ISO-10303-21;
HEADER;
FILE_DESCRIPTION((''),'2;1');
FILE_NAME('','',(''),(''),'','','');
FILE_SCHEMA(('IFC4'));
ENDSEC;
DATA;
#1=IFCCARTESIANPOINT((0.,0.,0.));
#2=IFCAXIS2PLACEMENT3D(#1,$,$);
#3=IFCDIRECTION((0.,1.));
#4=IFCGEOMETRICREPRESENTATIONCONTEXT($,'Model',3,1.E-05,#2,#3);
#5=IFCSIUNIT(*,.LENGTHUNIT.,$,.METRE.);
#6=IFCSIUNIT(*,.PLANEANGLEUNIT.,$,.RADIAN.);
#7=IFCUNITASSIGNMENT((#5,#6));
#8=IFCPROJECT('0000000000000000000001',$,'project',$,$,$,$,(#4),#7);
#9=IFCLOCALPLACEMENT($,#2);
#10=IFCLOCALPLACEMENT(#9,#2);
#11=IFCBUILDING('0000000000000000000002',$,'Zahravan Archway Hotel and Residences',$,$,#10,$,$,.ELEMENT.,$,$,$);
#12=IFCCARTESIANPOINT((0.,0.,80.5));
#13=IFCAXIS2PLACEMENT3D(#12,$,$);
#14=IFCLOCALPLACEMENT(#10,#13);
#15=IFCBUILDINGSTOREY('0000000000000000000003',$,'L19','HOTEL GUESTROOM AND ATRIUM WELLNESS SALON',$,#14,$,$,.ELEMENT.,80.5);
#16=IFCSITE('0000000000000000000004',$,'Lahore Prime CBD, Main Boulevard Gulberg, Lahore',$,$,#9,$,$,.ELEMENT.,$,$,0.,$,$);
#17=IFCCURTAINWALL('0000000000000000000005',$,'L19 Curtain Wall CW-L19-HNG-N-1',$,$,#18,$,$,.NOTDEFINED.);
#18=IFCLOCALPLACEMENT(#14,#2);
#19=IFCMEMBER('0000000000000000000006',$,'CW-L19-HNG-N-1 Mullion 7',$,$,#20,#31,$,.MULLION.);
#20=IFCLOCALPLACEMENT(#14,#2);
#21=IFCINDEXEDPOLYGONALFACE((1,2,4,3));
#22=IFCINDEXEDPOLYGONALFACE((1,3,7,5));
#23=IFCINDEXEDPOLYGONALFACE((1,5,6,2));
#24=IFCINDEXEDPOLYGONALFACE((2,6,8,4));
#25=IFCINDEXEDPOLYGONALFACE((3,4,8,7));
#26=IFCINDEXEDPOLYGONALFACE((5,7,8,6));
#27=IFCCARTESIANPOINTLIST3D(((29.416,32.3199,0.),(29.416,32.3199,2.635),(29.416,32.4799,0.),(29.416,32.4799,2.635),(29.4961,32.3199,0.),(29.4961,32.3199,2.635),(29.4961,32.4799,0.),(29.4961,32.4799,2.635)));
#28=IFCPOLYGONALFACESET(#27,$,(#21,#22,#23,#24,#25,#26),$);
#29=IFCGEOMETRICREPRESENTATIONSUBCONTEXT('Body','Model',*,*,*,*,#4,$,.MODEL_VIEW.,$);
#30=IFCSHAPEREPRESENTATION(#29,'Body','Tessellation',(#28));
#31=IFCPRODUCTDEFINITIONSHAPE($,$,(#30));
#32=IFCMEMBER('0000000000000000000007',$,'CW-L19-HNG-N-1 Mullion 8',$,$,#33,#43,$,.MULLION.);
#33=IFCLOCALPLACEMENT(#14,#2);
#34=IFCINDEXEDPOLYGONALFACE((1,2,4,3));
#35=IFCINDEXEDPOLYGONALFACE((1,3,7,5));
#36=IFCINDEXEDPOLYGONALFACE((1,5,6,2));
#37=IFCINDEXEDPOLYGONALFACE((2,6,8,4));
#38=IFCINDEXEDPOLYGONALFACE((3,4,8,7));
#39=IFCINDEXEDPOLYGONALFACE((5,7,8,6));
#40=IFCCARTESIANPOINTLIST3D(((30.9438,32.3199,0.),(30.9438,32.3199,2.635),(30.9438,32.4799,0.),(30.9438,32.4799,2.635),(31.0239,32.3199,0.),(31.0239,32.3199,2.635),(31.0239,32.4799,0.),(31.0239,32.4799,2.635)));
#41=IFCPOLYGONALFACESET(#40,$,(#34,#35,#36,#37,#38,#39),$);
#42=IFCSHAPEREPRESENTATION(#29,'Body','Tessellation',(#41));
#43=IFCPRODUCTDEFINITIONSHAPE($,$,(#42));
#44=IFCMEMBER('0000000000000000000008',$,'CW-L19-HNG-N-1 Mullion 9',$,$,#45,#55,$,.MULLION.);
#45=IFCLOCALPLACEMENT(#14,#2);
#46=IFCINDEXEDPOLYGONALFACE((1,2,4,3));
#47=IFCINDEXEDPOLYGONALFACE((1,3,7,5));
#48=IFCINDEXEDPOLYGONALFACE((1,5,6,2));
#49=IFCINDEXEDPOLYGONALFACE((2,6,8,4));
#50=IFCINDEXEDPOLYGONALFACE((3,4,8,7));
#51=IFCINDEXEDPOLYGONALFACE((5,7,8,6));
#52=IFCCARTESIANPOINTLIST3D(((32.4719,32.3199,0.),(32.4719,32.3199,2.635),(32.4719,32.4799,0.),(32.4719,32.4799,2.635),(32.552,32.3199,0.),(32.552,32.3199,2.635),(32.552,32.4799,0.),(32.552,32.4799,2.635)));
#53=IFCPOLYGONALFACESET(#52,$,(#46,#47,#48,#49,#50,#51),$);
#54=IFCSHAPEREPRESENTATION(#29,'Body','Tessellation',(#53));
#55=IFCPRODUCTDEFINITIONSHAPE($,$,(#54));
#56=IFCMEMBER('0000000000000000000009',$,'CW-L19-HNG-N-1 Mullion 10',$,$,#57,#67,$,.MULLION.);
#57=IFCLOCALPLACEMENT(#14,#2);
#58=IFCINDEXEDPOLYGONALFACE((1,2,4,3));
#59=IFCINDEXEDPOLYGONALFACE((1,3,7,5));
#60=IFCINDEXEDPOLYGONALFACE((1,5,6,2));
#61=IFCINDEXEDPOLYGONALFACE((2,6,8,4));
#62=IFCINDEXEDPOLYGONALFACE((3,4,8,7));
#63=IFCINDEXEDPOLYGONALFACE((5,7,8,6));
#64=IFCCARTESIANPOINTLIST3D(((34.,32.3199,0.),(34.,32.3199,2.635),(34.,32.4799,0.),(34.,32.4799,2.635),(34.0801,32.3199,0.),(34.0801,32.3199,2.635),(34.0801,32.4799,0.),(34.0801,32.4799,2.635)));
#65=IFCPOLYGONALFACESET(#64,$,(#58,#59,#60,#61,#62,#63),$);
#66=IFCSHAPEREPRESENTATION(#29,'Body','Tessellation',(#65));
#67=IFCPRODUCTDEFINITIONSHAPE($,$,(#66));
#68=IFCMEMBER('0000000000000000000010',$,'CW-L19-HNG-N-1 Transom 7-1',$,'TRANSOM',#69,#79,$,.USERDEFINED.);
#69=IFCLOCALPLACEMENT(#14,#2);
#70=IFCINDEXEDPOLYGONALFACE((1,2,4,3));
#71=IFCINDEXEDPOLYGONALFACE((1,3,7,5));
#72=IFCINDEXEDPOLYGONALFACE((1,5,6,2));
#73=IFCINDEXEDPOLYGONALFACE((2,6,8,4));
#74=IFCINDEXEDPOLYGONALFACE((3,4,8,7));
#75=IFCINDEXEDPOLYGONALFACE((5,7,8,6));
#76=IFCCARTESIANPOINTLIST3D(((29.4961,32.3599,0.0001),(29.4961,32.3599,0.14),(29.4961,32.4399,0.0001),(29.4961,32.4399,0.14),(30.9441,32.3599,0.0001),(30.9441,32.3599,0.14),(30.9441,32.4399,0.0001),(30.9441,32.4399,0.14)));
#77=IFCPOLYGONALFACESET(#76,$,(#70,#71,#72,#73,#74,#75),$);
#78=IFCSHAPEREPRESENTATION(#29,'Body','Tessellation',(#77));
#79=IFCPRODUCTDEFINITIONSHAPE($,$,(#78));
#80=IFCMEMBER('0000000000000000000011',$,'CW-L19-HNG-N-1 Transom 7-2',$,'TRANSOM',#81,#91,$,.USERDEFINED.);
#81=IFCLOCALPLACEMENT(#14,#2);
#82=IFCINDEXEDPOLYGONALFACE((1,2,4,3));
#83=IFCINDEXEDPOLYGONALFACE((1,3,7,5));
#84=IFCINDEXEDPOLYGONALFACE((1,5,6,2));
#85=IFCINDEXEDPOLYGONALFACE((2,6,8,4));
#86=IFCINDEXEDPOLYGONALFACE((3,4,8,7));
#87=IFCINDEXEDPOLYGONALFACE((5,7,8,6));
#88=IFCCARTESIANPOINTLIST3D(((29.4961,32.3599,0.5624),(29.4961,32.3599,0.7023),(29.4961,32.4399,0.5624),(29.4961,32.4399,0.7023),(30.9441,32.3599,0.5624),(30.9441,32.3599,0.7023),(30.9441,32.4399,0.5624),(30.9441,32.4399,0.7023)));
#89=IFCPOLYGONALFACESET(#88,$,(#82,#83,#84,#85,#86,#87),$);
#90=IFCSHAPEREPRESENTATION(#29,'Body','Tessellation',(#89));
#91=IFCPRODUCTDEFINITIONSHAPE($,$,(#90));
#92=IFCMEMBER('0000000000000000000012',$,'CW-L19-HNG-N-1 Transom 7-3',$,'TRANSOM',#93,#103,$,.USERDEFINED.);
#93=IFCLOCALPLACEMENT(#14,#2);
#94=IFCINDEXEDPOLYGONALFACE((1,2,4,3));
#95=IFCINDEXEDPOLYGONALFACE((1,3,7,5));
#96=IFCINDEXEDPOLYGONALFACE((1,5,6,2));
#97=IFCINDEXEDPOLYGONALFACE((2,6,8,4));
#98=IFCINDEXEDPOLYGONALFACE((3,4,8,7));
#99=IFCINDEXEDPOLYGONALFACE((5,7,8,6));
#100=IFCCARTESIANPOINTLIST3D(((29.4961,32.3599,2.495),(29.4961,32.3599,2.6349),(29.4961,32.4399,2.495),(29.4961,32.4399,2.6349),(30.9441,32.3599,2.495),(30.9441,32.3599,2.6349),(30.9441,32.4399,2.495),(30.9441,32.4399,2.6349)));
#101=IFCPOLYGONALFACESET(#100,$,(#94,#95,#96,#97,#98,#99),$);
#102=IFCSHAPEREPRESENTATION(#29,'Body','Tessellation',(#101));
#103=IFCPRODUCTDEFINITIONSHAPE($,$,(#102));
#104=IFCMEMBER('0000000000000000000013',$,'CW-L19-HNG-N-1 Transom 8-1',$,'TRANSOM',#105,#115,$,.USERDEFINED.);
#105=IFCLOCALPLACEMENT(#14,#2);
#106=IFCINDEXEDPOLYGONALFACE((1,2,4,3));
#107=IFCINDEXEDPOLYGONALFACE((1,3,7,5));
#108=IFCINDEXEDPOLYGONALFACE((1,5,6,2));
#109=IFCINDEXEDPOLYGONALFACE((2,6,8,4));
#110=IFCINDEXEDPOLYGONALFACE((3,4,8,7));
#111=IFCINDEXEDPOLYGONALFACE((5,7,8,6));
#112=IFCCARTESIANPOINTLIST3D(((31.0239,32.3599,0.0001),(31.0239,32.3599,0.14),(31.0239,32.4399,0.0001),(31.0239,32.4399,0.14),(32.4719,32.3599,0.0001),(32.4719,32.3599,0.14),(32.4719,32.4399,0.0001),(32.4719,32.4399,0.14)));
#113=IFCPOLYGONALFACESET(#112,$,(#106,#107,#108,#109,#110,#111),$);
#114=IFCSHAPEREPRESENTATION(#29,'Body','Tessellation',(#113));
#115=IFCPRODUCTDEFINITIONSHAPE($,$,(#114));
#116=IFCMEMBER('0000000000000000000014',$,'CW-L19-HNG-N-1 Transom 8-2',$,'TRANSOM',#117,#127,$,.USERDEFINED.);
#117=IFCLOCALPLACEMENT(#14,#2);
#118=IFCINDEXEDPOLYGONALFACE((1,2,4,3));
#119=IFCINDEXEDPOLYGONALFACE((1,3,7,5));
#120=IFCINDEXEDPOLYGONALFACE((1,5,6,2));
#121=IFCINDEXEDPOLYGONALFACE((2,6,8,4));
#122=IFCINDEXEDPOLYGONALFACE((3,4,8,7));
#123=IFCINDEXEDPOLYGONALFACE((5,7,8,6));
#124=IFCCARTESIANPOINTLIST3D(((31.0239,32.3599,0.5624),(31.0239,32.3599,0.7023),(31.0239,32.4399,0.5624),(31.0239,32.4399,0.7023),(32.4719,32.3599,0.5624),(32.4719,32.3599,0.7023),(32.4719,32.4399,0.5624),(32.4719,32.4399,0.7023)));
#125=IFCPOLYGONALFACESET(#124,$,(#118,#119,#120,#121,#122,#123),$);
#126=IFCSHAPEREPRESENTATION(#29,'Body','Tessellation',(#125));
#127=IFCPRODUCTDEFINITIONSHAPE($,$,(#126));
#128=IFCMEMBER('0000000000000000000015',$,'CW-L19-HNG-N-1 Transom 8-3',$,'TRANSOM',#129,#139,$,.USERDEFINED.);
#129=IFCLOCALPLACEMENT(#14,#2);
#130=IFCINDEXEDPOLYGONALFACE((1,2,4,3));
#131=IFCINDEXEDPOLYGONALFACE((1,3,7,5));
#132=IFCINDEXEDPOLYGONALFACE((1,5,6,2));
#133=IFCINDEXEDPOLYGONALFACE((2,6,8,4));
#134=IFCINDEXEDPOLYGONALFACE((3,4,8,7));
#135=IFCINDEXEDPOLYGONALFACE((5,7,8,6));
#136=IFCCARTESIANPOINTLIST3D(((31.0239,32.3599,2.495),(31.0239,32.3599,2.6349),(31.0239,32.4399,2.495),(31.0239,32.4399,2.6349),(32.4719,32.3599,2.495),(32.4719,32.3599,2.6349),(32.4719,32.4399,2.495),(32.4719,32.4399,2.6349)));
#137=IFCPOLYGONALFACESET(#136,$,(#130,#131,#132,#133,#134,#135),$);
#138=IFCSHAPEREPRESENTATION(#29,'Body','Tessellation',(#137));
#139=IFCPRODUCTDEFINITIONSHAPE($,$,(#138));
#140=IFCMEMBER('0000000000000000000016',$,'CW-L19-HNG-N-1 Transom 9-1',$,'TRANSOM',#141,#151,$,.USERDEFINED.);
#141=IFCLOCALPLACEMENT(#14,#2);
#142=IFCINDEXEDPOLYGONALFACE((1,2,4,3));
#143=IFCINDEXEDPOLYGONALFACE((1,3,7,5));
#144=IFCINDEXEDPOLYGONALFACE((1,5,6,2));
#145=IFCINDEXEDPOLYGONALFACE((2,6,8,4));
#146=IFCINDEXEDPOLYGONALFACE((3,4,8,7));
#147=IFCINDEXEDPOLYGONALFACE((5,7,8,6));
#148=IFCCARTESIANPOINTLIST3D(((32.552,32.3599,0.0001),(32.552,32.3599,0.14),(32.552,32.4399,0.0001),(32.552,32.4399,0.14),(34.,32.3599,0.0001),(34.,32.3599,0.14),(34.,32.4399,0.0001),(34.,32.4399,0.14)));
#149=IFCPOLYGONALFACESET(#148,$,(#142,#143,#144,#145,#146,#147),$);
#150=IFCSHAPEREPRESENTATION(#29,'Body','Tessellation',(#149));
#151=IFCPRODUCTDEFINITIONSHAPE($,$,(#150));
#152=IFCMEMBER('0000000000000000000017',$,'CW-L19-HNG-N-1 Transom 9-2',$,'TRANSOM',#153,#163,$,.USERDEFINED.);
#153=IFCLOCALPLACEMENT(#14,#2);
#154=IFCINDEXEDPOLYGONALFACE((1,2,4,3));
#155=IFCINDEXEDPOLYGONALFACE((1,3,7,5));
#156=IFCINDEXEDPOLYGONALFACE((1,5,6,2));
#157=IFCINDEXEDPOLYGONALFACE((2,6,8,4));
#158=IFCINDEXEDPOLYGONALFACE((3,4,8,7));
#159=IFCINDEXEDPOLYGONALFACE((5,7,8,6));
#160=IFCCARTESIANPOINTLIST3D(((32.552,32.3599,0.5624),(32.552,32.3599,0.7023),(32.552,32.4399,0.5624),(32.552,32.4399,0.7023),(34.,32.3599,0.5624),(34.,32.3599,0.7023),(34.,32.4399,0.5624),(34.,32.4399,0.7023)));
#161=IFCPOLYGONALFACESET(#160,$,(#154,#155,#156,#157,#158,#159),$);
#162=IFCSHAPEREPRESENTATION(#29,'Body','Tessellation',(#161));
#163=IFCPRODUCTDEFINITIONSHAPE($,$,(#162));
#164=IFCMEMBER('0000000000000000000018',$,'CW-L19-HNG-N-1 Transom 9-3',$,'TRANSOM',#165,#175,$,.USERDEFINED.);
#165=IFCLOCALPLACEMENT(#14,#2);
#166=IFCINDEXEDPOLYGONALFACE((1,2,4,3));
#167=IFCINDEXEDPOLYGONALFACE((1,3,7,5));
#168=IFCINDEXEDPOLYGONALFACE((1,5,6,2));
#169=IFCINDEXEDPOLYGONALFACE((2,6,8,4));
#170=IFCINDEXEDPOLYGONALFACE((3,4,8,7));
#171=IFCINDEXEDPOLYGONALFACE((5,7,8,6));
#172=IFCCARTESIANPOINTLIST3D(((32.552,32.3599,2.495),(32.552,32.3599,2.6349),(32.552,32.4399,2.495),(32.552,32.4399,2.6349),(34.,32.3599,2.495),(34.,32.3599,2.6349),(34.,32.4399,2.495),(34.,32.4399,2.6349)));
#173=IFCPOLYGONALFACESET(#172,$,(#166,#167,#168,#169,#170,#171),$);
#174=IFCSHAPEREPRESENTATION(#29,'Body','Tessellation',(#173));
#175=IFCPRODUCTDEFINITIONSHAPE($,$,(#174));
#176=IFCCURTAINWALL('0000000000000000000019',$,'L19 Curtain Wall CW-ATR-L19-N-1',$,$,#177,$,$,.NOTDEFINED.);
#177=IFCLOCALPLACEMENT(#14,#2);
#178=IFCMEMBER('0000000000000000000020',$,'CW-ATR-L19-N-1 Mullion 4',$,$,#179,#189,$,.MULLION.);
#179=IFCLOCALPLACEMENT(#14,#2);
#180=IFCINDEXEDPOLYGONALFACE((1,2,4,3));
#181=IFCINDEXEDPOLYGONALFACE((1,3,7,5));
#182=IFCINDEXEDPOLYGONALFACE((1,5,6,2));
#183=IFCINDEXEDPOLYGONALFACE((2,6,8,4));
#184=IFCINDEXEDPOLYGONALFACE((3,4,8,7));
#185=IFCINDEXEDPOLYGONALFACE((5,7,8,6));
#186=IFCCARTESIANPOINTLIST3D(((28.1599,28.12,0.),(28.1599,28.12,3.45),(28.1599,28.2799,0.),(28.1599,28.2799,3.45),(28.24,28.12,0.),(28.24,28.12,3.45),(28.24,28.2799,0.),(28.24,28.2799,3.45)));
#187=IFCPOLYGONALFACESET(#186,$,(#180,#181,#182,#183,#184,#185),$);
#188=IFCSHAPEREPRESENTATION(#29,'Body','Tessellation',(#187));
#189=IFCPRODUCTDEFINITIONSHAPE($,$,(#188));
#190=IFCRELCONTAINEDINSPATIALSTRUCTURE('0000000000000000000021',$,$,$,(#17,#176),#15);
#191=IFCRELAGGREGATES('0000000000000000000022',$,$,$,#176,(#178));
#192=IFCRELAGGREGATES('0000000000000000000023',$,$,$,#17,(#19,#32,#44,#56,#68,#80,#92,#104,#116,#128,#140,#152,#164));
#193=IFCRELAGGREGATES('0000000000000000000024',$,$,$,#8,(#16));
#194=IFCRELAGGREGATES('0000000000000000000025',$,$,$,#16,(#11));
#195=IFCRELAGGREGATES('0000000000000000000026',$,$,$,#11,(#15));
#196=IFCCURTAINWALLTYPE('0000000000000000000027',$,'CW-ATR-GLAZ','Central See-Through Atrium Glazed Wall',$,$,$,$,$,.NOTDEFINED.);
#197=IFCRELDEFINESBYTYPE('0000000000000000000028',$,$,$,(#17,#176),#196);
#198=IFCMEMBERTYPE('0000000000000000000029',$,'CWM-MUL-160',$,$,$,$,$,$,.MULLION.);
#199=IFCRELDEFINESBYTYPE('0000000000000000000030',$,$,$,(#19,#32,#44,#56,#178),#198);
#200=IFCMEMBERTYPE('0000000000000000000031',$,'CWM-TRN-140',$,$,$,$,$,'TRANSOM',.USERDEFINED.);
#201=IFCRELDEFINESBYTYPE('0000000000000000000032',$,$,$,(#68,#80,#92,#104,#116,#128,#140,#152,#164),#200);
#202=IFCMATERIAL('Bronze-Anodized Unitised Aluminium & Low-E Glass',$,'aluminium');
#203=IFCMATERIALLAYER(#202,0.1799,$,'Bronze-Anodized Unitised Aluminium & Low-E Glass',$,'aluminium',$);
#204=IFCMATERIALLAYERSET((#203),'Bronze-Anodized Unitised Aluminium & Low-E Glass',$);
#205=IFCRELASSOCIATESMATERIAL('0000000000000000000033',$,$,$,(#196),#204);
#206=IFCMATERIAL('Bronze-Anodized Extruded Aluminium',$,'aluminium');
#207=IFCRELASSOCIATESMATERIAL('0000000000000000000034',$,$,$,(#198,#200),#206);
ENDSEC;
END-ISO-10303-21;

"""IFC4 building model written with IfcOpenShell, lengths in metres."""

from ifc_helpers import new_model, si_unit, direction, frame, origin, origin_2d, place, context, subcontext, project, spatial, rectangle, extrude, source, transform, mapped, material, layer, layer_set, material_profile, profile_set, type_object, element, aggregate, save


model = new_model("IFC4")

# Units and contexts
model_context = context("Model", 3, precision=1e-05, world=origin(), true_north=direction((0.0, 1.0)))
body_context = subcontext(model_context, "Body", "Model", "MODEL_VIEW")
ifc_project = project(units=[si_unit("LENGTHUNIT", "METRE"), si_unit("PLANEANGLEUNIT", "RADIAN")], contexts=[model_context])

# Site, building, storey
site_placement = place(None, origin())
site = spatial("IfcSite", under=ifc_project, at=site_placement, Name="Lahore Prime CBD, Main Boulevard Gulberg, Lahore", CompositionType="ELEMENT", RefElevation=0.0)
building_placement = place(site_placement, origin())
building = spatial("IfcBuilding", under=site, at=building_placement, Name="Zahravan Archway Hotel and Residences", CompositionType="ELEMENT")
storey_placement = place(building_placement, frame((0.0, 0.0, 80.5)))
storey = spatial("IfcBuildingStorey", under=building, at=storey_placement, Name="L19", Description="HOTEL GUESTROOM AND ATRIUM WELLNESS SALON", CompositionType="ELEMENT", Elevation=80.5)

# Curtain wall, members
ifc_material_1 = material(Name="Bronze-Anodized Unitised Aluminium & Low-E Glass", Category="aluminium")
ifc_layer_1 = layer(ifc_material_1, 0.1799, Name="Bronze-Anodized Unitised Aluminium & Low-E Glass", Category="aluminium")
ifc_layer_set_1 = layer_set([ifc_layer_1], Name="Bronze-Anodized Unitised Aluminium & Low-E Glass")
curtain_wall_type = type_object("IfcCurtainWallType", Name="CW-ATR-GLAZ", Description="Central See-Through Atrium Glazed Wall", PredefinedType="NOTDEFINED", material=ifc_layer_set_1)
curtain_wall_1_placement = place(storey_placement, origin())
curtain_wall_1 = element("IfcCurtainWall", 1, at=curtain_wall_1_placement, inside=storey, type_object=curtain_wall_type, Name="L19 Curtain Wall CW-L19-HNG-N-1", PredefinedType="NOTDEFINED")
ifc_material_2 = material(Name="Bronze-Anodized Extruded Aluminium", Category="aluminium")
ifc_material_profile_1 = material_profile(ifc_material_2, rectangle(XDim=0.0801, YDim=0.1599, at=origin_2d()), Name="MUL 80x160", Category="aluminium")
ifc_profile_set_1 = profile_set([ifc_material_profile_1], Name="Bronze-Anodized Extruded Aluminium")
member_type_1 = type_object("IfcMemberType", Name="CWM-MUL-160", PredefinedType="MULLION", material=ifc_profile_set_1)
shared_shape_1 = source(origin(), body_context, "Body", "SweptSolid", [
    extrude(rectangle(XDim=0.0801, YDim=0.1599, at=origin_2d()), origin(), (0.0, 0.0, 1.0), 2.635),
])
member_1_placement = place(storey_placement, frame((29.4561, 32.3999, 0.0), z_axis=(0.0, 0.0, 1.0), x_axis=(1.0, 0.0, 0.0)))
member_1 = element("IfcMember", 2, at=member_1_placement, type_object=member_type_1, Name="CW-L19-HNG-N-1 Mullion 7", PredefinedType="MULLION", context=body_context, shape_type="MappedRepresentation", body=[
    mapped(shared_shape_1, transform((0.0, 0.0, 0.0), scale=1.0)),
])
member_2_placement = place(storey_placement, frame((30.9839, 32.3999, 0.0), z_axis=(0.0, 0.0, 1.0), x_axis=(1.0, 0.0, 0.0)))
member_2 = element("IfcMember", 3, at=member_2_placement, type_object=member_type_1, Name="CW-L19-HNG-N-1 Mullion 8", PredefinedType="MULLION", context=body_context, shape_type="MappedRepresentation", body=[
    mapped(shared_shape_1, transform((0.0, 0.0, 0.0), scale=1.0)),
])
member_3_placement = place(storey_placement, frame((32.512, 32.3999, 0.0), z_axis=(0.0, 0.0, 1.0), x_axis=(1.0, 0.0, 0.0)))
member_3 = element("IfcMember", 4, at=member_3_placement, type_object=member_type_1, Name="CW-L19-HNG-N-1 Mullion 9", PredefinedType="MULLION", context=body_context, shape_type="MappedRepresentation", body=[
    mapped(shared_shape_1, transform((0.0, 0.0, 0.0), scale=1.0)),
])
member_4_placement = place(storey_placement, frame((34.04, 32.3999, 0.0), z_axis=(0.0, 0.0, 1.0), x_axis=(1.0, 0.0, 0.0)))
member_4 = element("IfcMember", 5, at=member_4_placement, type_object=member_type_1, Name="CW-L19-HNG-N-1 Mullion 10", PredefinedType="MULLION", context=body_context, shape_type="MappedRepresentation", body=[
    mapped(shared_shape_1, transform((0.0, 0.0, 0.0), scale=1.0)),
])
ifc_material_profile_2 = material_profile(ifc_material_2, rectangle(XDim=0.0801, YDim=0.1399, at=origin_2d()), Name="TRN 80x140", Category="aluminium")
ifc_profile_set_2 = profile_set([ifc_material_profile_2], Name="Bronze-Anodized Extruded Aluminium")
member_type_2 = type_object("IfcMemberType", Name="CWM-TRN-140", ElementType="TRANSOM", PredefinedType="USERDEFINED", material=ifc_profile_set_2)
shared_shape_2 = source(origin(), body_context, "Body", "SweptSolid", [
    extrude(rectangle(XDim=0.0801, YDim=0.1399, at=origin_2d()), origin(), (0.0, 0.0, 1.0), 1.448),
])
member_5_placement = place(storey_placement, frame((29.4961, 32.3999, 0.0701), z_axis=(1.0, 0.0, 0.0), x_axis=(0.0, 1.0, 0.0)))
member_5 = element("IfcMember", 6, at=member_5_placement, type_object=member_type_2, Name="CW-L19-HNG-N-1 Transom 7-1", ObjectType="TRANSOM", PredefinedType="USERDEFINED", context=body_context, shape_type="MappedRepresentation", body=[
    mapped(shared_shape_2, transform((0.0, 0.0, 0.0), scale=1.0)),
])
member_6_placement = place(storey_placement, frame((29.4961, 32.3999, 0.6323), z_axis=(1.0, 0.0, 0.0), x_axis=(0.0, 1.0, 0.0)))
member_6 = element("IfcMember", 7, at=member_6_placement, type_object=member_type_2, Name="CW-L19-HNG-N-1 Transom 7-2", ObjectType="TRANSOM", PredefinedType="USERDEFINED", context=body_context, shape_type="MappedRepresentation", body=[
    mapped(shared_shape_2, transform((0.0, 0.0, 0.0), scale=1.0)),
])
member_7_placement = place(storey_placement, frame((29.4961, 32.3999, 2.5649), z_axis=(1.0, 0.0, 0.0), x_axis=(0.0, 1.0, 0.0)))
member_7 = element("IfcMember", 8, at=member_7_placement, type_object=member_type_2, Name="CW-L19-HNG-N-1 Transom 7-3", ObjectType="TRANSOM", PredefinedType="USERDEFINED", context=body_context, shape_type="MappedRepresentation", body=[
    mapped(shared_shape_2, transform((0.0, 0.0, 0.0), scale=1.0)),
])
member_8_placement = place(storey_placement, frame((31.0239, 32.3999, 0.0701), z_axis=(1.0, 0.0, 0.0), x_axis=(0.0, 1.0, 0.0)))
member_8 = element("IfcMember", 9, at=member_8_placement, type_object=member_type_2, Name="CW-L19-HNG-N-1 Transom 8-1", ObjectType="TRANSOM", PredefinedType="USERDEFINED", context=body_context, shape_type="MappedRepresentation", body=[
    mapped(shared_shape_2, transform((0.0, 0.0, 0.0), scale=1.0)),
])
member_9_placement = place(storey_placement, frame((31.0239, 32.3999, 0.6323), z_axis=(1.0, 0.0, 0.0), x_axis=(0.0, 1.0, 0.0)))
member_9 = element("IfcMember", 10, at=member_9_placement, type_object=member_type_2, Name="CW-L19-HNG-N-1 Transom 8-2", ObjectType="TRANSOM", PredefinedType="USERDEFINED", context=body_context, shape_type="MappedRepresentation", body=[
    mapped(shared_shape_2, transform((0.0, 0.0, 0.0), scale=1.0)),
])
member_10_placement = place(storey_placement, frame((31.0239, 32.3999, 2.5649), z_axis=(1.0, 0.0, 0.0), x_axis=(0.0, 1.0, 0.0)))
member_10 = element("IfcMember", 11, at=member_10_placement, type_object=member_type_2, Name="CW-L19-HNG-N-1 Transom 8-3", ObjectType="TRANSOM", PredefinedType="USERDEFINED", context=body_context, shape_type="MappedRepresentation", body=[
    mapped(shared_shape_2, transform((0.0, 0.0, 0.0), scale=1.0)),
])
member_11_placement = place(storey_placement, frame((32.552, 32.3999, 0.0701), z_axis=(1.0, 0.0, 0.0), x_axis=(0.0, 1.0, 0.0)))
member_11 = element("IfcMember", 12, at=member_11_placement, type_object=member_type_2, Name="CW-L19-HNG-N-1 Transom 9-1", ObjectType="TRANSOM", PredefinedType="USERDEFINED", context=body_context, shape_type="MappedRepresentation", body=[
    mapped(shared_shape_2, transform((0.0, 0.0, 0.0), scale=1.0)),
])
member_12_placement = place(storey_placement, frame((32.552, 32.3999, 0.6323), z_axis=(1.0, 0.0, 0.0), x_axis=(0.0, 1.0, 0.0)))
member_12 = element("IfcMember", 13, at=member_12_placement, type_object=member_type_2, Name="CW-L19-HNG-N-1 Transom 9-2", ObjectType="TRANSOM", PredefinedType="USERDEFINED", context=body_context, shape_type="MappedRepresentation", body=[
    mapped(shared_shape_2, transform((0.0, 0.0, 0.0), scale=1.0)),
])
member_13_placement = place(storey_placement, frame((32.552, 32.3999, 2.5649), z_axis=(1.0, 0.0, 0.0), x_axis=(0.0, 1.0, 0.0)))
member_13 = element("IfcMember", 14, at=member_13_placement, type_object=member_type_2, Name="CW-L19-HNG-N-1 Transom 9-3", ObjectType="TRANSOM", PredefinedType="USERDEFINED", context=body_context, shape_type="MappedRepresentation", body=[
    mapped(shared_shape_2, transform((0.0, 0.0, 0.0), scale=1.0)),
])

# Curtain wall, member
curtain_wall_2_placement = place(storey_placement, origin())
curtain_wall_2 = element("IfcCurtainWall", 15, at=curtain_wall_2_placement, inside=storey, type_object=curtain_wall_type, Name="L19 Curtain Wall CW-ATR-L19-N-1", PredefinedType="NOTDEFINED")
shared_shape_3 = source(origin(), body_context, "Body", "SweptSolid", [
    extrude(rectangle(XDim=0.0801, YDim=0.1599, at=origin_2d()), origin(), (0.0, 0.0, 1.0), 3.45),
])
member_14_placement = place(storey_placement, frame((28.2, 28.2, 0.0), z_axis=(0.0, 0.0, 1.0), x_axis=(1.0, 0.0, 0.0)))
member_14 = element("IfcMember", 16, at=member_14_placement, type_object=member_type_1, Name="CW-ATR-L19-N-1 Mullion 4", PredefinedType="MULLION", context=body_context, shape_type="MappedRepresentation", body=[
    mapped(shared_shape_3, transform((0.0, 0.0, 0.0), scale=1.0)),
])
aggregate(curtain_wall_2, [member_14])

aggregate(curtain_wall_1, [member_1, member_2, member_3, member_4, member_5, member_6, member_7, member_8, member_9, member_10, member_11, member_12, member_13])

save(model, "model.ifc")
